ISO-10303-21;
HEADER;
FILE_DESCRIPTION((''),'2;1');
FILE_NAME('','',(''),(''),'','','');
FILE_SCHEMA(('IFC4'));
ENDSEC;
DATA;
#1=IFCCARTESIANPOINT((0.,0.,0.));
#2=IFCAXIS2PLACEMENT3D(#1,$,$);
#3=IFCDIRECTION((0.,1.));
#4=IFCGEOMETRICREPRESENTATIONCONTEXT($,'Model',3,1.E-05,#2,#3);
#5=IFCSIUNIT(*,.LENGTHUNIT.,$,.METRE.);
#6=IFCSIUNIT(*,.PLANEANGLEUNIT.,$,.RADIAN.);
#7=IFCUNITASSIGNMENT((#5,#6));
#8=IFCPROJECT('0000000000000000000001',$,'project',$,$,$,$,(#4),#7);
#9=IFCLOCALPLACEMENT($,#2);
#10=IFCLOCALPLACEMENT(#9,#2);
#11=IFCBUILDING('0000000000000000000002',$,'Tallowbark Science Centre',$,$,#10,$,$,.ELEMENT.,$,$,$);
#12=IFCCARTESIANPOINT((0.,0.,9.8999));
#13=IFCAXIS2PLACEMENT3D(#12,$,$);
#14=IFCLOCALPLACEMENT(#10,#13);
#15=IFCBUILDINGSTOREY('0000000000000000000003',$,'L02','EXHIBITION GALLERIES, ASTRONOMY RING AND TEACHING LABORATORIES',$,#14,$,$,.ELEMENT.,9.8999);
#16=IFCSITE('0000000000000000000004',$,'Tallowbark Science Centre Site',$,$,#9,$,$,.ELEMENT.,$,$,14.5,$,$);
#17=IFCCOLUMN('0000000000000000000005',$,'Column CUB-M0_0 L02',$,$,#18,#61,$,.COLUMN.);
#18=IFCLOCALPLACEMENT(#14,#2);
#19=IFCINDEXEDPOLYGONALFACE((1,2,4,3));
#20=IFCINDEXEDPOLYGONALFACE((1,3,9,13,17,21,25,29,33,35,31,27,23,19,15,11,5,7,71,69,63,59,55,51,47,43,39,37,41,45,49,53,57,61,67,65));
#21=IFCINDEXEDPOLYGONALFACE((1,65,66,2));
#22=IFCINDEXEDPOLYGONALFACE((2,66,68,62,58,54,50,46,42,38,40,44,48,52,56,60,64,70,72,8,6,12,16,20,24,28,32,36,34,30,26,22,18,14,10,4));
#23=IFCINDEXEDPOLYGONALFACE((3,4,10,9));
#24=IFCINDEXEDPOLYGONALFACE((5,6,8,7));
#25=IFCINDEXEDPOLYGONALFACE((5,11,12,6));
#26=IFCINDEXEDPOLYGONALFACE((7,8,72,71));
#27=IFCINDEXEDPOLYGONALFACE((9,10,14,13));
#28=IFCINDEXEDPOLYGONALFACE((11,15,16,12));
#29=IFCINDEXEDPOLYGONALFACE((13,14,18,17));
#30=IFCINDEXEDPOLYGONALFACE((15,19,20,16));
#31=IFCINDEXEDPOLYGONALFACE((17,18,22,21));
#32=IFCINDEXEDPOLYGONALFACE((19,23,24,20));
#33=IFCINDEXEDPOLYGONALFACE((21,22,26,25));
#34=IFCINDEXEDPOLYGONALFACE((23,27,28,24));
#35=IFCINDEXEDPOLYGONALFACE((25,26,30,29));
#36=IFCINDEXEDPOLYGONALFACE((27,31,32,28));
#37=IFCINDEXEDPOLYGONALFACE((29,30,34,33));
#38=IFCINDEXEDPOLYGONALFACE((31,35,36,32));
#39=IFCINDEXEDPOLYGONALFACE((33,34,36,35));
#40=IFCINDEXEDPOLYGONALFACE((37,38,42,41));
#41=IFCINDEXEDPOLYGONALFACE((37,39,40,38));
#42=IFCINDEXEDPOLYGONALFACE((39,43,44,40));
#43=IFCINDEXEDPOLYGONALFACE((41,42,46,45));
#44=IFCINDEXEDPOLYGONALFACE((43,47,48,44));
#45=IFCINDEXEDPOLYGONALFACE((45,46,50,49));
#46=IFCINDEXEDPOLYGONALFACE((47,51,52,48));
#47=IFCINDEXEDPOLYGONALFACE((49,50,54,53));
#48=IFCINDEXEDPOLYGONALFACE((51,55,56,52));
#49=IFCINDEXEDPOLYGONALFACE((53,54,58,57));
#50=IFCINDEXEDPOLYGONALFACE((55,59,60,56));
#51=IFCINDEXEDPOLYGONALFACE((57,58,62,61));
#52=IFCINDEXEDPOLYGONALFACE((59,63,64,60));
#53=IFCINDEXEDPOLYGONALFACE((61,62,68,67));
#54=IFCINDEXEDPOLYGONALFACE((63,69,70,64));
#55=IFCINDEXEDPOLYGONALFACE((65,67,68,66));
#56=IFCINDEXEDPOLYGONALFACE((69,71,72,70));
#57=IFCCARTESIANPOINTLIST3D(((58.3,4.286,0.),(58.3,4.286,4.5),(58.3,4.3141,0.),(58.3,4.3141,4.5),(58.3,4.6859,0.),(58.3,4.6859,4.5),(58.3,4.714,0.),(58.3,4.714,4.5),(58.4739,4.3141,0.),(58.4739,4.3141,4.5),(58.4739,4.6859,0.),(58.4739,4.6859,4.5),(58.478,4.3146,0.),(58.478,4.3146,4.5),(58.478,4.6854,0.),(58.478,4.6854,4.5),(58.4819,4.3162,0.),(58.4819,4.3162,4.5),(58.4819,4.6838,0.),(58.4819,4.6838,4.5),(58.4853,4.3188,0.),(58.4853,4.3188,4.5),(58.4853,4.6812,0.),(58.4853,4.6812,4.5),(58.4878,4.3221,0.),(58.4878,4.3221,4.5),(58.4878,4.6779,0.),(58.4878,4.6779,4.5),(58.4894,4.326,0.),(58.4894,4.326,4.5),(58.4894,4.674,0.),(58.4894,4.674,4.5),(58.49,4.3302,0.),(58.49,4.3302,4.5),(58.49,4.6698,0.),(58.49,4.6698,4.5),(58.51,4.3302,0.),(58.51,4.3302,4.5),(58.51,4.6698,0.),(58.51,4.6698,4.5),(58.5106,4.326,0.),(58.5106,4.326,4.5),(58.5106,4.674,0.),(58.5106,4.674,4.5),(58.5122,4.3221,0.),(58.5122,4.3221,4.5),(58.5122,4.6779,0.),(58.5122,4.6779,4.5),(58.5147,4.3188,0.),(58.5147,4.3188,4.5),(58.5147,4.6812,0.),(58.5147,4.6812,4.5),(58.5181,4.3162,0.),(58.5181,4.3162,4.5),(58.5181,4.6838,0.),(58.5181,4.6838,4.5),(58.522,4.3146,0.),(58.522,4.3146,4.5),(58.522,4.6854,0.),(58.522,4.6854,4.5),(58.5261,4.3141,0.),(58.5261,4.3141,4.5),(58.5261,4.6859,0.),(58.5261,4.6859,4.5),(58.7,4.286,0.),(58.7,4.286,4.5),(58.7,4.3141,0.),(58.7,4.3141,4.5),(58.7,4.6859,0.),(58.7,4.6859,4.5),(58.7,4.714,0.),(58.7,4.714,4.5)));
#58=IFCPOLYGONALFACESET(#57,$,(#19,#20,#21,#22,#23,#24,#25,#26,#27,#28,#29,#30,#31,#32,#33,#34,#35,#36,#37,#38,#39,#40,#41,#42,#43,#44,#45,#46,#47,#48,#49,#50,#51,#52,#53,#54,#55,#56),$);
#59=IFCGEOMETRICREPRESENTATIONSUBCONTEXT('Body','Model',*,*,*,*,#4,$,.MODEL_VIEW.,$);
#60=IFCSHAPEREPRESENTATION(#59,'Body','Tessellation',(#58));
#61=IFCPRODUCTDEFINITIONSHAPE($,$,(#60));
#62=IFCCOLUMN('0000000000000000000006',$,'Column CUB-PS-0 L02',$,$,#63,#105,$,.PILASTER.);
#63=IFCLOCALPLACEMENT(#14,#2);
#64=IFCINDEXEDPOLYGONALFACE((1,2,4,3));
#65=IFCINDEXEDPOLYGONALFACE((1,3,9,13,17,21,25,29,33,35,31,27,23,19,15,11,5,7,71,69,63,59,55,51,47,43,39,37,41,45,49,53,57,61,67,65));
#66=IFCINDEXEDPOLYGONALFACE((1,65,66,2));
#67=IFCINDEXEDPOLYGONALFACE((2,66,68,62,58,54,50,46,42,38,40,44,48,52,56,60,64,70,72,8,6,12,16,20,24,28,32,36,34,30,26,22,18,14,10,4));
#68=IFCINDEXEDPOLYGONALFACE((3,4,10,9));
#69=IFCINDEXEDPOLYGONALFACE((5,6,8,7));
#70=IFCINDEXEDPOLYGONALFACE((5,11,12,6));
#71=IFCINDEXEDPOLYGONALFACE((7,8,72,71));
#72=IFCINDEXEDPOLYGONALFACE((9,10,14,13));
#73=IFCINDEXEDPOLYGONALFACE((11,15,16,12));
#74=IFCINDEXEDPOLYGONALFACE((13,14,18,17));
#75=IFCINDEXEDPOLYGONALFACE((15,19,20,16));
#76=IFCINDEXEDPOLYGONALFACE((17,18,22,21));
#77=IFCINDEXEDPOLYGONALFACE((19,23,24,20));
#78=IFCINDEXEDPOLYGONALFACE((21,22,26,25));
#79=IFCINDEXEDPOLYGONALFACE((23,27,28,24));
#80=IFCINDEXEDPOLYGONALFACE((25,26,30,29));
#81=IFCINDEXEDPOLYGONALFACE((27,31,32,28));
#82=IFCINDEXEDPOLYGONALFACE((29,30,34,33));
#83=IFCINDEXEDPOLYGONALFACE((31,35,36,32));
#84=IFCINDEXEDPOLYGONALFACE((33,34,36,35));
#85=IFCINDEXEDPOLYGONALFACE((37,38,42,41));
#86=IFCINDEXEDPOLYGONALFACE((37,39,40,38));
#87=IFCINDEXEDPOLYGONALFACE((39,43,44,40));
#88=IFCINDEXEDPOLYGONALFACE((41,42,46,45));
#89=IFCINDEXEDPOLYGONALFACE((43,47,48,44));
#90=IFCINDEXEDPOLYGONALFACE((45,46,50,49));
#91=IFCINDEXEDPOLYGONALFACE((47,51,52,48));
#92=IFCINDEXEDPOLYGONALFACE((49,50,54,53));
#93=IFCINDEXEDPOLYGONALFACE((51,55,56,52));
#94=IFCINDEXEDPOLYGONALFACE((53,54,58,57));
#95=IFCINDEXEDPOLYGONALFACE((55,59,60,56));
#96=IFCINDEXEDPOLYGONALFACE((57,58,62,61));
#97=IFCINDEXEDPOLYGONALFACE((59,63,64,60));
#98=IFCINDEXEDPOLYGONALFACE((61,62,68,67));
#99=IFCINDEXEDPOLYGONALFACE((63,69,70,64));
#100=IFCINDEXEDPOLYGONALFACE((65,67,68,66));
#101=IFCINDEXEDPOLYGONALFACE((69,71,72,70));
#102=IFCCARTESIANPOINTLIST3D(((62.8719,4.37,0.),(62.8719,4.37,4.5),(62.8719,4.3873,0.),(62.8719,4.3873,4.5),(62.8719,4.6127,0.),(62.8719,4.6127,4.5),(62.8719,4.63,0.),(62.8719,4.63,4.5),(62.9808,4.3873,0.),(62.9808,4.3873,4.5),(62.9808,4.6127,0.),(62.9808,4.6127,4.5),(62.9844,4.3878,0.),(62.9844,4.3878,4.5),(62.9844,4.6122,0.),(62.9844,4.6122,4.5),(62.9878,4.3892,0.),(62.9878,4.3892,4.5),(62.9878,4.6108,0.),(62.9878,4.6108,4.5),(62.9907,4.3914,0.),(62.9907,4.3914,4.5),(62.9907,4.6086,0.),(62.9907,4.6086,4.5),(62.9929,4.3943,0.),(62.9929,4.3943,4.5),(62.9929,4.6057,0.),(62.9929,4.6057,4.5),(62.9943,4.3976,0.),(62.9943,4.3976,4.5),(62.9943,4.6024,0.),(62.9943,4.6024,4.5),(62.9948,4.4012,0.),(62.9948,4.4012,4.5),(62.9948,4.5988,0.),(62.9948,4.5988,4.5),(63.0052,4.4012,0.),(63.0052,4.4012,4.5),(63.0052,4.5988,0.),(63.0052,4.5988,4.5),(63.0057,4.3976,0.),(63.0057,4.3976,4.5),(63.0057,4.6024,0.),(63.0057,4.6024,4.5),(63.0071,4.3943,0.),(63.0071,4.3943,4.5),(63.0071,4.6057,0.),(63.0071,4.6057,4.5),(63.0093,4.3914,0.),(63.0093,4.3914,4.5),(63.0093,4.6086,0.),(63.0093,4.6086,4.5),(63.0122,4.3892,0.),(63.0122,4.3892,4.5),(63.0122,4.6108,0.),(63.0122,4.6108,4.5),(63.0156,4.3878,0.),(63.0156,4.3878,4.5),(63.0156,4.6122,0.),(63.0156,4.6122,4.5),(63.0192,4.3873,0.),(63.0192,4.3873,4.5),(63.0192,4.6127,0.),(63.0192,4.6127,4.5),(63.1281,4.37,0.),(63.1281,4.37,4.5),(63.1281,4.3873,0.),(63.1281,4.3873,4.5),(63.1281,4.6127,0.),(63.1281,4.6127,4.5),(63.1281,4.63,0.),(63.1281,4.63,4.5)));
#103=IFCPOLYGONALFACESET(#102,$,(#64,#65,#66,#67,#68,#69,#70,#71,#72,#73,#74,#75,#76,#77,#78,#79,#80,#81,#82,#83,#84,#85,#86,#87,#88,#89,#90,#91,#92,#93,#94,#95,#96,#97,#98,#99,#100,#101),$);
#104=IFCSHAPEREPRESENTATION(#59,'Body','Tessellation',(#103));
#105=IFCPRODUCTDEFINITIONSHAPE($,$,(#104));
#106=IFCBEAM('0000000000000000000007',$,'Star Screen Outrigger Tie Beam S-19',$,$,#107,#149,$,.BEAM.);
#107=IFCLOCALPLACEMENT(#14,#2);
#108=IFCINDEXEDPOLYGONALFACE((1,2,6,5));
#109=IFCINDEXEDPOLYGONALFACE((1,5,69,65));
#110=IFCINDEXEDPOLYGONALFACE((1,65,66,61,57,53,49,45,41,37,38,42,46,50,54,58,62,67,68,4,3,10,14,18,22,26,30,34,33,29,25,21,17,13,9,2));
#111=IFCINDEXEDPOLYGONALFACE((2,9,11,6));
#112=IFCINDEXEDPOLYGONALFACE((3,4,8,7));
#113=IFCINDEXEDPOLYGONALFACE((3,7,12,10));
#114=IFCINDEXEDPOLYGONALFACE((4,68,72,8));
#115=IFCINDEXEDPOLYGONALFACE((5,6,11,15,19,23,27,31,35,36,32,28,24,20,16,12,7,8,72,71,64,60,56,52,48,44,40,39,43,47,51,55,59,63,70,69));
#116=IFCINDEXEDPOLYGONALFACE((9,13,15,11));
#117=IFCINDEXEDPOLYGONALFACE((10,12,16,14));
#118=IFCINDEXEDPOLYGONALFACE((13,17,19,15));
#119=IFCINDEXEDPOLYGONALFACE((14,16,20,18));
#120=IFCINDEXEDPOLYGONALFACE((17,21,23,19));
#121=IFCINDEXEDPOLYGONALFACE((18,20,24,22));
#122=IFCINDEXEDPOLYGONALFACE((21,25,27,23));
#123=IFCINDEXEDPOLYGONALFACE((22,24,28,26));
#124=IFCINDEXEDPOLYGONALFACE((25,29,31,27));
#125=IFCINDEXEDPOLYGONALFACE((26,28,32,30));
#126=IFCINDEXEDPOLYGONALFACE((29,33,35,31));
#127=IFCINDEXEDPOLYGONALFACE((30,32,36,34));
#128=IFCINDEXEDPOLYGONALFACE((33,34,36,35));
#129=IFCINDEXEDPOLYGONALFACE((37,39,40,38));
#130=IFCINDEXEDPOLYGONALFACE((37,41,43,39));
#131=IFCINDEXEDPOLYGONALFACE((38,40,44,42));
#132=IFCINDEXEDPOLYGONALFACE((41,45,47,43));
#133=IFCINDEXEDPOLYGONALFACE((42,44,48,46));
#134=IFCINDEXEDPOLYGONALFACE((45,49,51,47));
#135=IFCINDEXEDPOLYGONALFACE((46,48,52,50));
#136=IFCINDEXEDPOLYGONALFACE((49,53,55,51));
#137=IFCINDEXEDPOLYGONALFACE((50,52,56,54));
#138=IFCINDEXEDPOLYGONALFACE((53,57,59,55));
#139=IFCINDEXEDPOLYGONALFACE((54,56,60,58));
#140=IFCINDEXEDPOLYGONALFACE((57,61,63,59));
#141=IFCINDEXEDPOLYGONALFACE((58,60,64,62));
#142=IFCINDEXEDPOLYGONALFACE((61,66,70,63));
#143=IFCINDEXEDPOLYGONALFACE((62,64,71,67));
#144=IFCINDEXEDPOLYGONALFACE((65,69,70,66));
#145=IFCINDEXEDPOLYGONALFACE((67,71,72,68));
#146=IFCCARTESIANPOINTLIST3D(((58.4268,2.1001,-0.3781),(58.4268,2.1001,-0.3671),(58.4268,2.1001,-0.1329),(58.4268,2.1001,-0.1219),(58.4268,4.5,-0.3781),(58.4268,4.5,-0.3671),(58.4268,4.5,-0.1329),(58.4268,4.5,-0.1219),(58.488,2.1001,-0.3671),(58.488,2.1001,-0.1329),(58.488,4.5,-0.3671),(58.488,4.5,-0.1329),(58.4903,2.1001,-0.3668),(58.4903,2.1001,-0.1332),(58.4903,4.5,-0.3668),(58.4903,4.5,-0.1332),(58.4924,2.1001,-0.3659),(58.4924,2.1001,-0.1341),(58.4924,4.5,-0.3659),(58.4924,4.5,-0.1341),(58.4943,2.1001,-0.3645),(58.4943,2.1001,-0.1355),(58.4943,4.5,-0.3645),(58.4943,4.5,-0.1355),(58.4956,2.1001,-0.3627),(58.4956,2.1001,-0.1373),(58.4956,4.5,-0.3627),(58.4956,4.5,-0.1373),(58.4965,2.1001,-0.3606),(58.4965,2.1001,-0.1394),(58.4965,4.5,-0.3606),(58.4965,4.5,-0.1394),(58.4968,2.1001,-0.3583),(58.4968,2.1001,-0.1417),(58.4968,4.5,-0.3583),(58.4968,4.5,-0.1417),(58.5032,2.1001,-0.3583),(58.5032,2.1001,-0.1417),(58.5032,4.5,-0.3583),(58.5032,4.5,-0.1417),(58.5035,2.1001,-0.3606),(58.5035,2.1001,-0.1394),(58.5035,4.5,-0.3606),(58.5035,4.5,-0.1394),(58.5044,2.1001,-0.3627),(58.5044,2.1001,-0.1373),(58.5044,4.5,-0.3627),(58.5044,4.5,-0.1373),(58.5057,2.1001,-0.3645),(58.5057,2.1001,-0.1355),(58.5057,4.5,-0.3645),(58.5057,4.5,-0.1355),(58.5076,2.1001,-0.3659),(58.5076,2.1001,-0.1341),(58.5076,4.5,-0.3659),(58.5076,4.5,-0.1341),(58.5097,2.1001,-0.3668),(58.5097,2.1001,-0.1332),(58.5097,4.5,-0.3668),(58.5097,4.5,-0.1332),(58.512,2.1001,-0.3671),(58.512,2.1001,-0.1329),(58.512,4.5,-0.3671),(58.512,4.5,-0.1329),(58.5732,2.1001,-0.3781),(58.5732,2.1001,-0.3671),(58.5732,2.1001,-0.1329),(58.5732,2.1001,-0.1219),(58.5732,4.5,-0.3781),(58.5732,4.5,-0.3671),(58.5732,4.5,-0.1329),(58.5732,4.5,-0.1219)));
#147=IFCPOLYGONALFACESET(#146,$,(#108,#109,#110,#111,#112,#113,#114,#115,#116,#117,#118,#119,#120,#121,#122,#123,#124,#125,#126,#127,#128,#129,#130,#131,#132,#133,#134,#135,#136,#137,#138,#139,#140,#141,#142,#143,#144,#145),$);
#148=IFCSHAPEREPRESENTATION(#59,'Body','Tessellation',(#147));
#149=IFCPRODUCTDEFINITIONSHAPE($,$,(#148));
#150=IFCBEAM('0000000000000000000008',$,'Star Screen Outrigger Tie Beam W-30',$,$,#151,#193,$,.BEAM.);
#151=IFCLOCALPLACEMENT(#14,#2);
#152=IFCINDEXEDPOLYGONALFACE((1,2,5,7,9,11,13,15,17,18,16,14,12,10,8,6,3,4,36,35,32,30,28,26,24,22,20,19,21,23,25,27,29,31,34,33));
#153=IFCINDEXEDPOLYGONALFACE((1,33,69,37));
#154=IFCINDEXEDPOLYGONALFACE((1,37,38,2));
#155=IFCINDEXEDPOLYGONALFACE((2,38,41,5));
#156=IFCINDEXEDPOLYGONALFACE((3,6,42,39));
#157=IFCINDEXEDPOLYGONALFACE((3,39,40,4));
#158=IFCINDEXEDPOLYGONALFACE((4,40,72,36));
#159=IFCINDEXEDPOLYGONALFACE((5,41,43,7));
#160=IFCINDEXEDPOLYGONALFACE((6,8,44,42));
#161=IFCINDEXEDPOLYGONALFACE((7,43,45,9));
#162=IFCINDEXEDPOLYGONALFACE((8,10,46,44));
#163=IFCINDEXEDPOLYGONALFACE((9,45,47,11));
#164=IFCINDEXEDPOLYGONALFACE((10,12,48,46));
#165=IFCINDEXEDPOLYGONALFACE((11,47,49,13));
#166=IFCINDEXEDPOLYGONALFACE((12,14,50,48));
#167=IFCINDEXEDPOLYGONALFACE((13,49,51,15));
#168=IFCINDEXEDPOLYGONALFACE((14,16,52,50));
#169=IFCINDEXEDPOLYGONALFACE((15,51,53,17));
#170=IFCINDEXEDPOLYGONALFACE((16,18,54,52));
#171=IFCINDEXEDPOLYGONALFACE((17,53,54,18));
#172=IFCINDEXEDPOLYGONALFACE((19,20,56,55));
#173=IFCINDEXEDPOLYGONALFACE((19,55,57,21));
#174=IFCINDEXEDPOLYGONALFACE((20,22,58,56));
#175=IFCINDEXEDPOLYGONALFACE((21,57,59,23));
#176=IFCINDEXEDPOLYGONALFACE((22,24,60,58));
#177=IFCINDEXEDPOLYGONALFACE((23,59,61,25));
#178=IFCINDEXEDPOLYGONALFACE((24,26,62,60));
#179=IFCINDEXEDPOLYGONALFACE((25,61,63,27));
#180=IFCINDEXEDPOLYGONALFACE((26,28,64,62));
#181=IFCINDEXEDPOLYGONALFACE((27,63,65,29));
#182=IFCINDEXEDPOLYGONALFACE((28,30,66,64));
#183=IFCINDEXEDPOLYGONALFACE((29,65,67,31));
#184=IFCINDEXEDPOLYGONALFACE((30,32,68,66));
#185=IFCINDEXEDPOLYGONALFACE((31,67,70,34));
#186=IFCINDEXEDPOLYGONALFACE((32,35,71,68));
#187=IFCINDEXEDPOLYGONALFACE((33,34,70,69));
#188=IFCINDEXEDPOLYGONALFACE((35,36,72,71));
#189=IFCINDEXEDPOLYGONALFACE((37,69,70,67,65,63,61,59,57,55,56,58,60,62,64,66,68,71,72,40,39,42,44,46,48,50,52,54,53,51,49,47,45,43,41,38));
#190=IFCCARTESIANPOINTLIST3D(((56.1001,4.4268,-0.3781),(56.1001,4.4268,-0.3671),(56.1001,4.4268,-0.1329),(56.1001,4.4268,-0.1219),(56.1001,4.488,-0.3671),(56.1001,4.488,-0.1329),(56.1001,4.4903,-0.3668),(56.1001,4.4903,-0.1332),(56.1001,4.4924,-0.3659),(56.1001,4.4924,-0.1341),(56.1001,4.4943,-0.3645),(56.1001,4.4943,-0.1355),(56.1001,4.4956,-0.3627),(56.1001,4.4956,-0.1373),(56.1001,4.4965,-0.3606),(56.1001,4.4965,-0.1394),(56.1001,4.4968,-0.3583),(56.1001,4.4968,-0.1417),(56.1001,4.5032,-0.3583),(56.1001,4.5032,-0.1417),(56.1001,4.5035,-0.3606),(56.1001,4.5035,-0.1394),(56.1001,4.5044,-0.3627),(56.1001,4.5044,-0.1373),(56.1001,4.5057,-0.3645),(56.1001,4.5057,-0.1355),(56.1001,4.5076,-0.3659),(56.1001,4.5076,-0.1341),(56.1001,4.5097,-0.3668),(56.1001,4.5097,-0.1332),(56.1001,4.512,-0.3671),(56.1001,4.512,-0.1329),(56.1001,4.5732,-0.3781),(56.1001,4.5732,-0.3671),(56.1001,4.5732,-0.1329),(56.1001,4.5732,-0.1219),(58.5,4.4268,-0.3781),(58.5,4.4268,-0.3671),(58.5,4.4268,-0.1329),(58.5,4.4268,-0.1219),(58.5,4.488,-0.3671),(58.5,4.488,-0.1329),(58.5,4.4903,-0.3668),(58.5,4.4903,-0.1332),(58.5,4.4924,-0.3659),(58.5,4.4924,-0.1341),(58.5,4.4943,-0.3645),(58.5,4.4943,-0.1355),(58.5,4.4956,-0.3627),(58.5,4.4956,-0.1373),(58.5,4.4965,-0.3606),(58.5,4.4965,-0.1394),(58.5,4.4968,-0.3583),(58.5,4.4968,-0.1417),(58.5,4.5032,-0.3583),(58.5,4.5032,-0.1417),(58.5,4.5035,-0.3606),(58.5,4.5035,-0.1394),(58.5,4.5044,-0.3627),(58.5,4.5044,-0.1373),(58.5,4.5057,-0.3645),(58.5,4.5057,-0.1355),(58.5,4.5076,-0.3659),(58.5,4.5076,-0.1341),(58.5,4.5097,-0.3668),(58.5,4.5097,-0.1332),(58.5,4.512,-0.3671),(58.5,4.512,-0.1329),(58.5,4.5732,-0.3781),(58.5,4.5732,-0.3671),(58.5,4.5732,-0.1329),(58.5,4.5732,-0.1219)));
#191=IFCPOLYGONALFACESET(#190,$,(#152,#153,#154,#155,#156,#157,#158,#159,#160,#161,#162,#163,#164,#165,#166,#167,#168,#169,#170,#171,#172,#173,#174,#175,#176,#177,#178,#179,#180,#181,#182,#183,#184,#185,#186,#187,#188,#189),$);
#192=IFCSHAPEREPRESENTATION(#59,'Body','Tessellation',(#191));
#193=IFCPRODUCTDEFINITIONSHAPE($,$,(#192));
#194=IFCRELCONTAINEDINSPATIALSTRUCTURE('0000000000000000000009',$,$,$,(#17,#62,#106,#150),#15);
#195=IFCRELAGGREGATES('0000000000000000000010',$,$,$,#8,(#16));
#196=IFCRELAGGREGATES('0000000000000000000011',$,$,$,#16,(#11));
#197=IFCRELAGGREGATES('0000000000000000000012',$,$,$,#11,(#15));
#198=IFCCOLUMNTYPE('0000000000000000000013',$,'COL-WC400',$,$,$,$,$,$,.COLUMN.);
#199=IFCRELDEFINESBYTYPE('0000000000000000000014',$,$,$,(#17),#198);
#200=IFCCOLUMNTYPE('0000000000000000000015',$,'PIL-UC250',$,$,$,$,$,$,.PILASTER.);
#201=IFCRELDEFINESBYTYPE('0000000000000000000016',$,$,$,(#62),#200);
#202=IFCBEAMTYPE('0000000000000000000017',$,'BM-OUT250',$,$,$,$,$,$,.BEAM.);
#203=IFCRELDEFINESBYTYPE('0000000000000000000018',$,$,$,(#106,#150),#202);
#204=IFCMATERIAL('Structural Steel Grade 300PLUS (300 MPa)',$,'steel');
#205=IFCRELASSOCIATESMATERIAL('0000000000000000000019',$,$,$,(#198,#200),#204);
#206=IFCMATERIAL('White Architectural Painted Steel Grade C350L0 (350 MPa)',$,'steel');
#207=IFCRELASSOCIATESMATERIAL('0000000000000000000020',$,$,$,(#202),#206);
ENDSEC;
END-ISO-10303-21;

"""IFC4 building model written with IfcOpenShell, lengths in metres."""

from ifc_helpers import new_model, si_unit, direction, frame, origin, origin_2d, place, context, subcontext, project, spatial, i_section, extrude, material, material_profile, profile_set, type_object, element, save


model = new_model("IFC4")

# Units and contexts
model_context = context("Model", 3, precision=1e-05, world=origin(), true_north=direction((0.0, 1.0)))
body_context = subcontext(model_context, "Body", "Model", "MODEL_VIEW")
ifc_project = project(units=[si_unit("LENGTHUNIT", "METRE"), si_unit("PLANEANGLEUNIT", "RADIAN")], contexts=[model_context])

# Site, building, storey
site_placement = place(None, origin())
site = spatial("IfcSite", under=ifc_project, at=site_placement, Name="Tallowbark Science Centre Site", CompositionType="ELEMENT", RefElevation=14.5)
building_placement = place(site_placement, origin())
building = spatial("IfcBuilding", under=site, at=building_placement, Name="Tallowbark Science Centre", CompositionType="ELEMENT")
storey_placement = place(building_placement, frame((0.0, 0.0, 9.8999)))
storey = spatial("IfcBuildingStorey", under=building, at=storey_placement, Name="L02", Description="EXHIBITION GALLERIES, ASTRONOMY RING AND TEACHING LABORATORIES", CompositionType="ELEMENT", Elevation=9.8999)

# Columns
ifc_material_1 = material(Name="Structural Steel Grade 300PLUS (300 MPa)", Category="steel")
ifc_material_profile_1 = material_profile(ifc_material_1, i_section(OverallWidth=0.3999, OverallDepth=0.428, WebThickness=0.02, FlangeThickness=0.0281, FilletRadius=0.0161, at=origin_2d()), Name="400WC270")
ifc_profile_set_1 = profile_set([ifc_material_profile_1], Name="Structural Steel Grade 300PLUS (300 MPa)")
column_type_1 = type_object("IfcColumnType", Name="COL-WC400", PredefinedType="COLUMN", material=ifc_profile_set_1)
column_1_placement = place(storey_placement, frame((58.5, 4.5, 0.0), z_axis=(0.0, 0.0, 1.0), x_axis=(1.0, 0.0, 0.0)))
element("IfcColumn", 1, at=column_1_placement, inside=storey, type_object=column_type_1, Name="Column CUB-M0_0 L02", PredefinedType="COLUMN", context=body_context, shape_type="SweptSolid", body=[
    extrude(i_section(OverallWidth=0.3999, OverallDepth=0.428, WebThickness=0.02, FlangeThickness=0.0281, FilletRadius=0.0161, at=origin_2d()), origin(), (0.0, 0.0, 1.0), 4.5),
])
ifc_material_profile_2 = material_profile(ifc_material_1, i_section(OverallWidth=0.2561, OverallDepth=0.26, WebThickness=0.0105, FlangeThickness=0.0173, FilletRadius=0.0139, at=origin_2d()), Name="250UC89.5")
ifc_profile_set_2 = profile_set([ifc_material_profile_2], Name="Structural Steel Grade 300PLUS (300 MPa)")
column_type_2 = type_object("IfcColumnType", Name="PIL-UC250", PredefinedType="PILASTER", material=ifc_profile_set_2)
column_2_placement = place(storey_placement, frame((63.0, 4.5, 0.0), z_axis=(0.0, 0.0, 1.0), x_axis=(1.0, 0.0, 0.0)))
element("IfcColumn", 2, at=column_2_placement, inside=storey, type_object=column_type_2, Name="Column CUB-PS-0 L02", PredefinedType="PILASTER", context=body_context, shape_type="SweptSolid", body=[
    extrude(i_section(OverallWidth=0.2561, OverallDepth=0.26, WebThickness=0.0105, FlangeThickness=0.0173, FilletRadius=0.0139, at=origin_2d()), origin(), (0.0, 0.0, 1.0), 4.5),
])

# Beams
ifc_material_2 = material(Name="White Architectural Painted Steel Grade C350L0 (350 MPa)", Category="steel")
ifc_material_profile_3 = material_profile(ifc_material_2, i_section(OverallWidth=0.1465, OverallDepth=0.2561, WebThickness=0.0063, FlangeThickness=0.011, FilletRadius=0.0088, at=origin_2d()), Name="250UB37.3")
ifc_profile_set_3 = profile_set([ifc_material_profile_3], Name="White Architectural Painted Steel Grade C350L0 (350 MPa)")
beam_type_1 = type_object("IfcBeamType", Name="BM-OUT250", PredefinedType="BEAM", material=ifc_profile_set_3)
for number, where, z_axis, x_axis, name in (
    (3, (58.5, 4.5, -0.25), (0.0, -1.0, 0.0), (1.0, 0.0, 0.0), "Star Screen Outrigger Tie Beam S-19"),
    (4, (58.5, 4.5, -0.25), (-1.0, 0.0, 0.0), (0.0, -1.0, 0.0), "Star Screen Outrigger Tie Beam W-30"),
):
    element("IfcBeam", number, at=place(storey_placement, frame(where, z_axis=z_axis, x_axis=x_axis)), inside=storey, type_object=beam_type_1, Name=name, PredefinedType="BEAM", context=body_context, shape_type="SweptSolid", body=[
        extrude(i_section(OverallWidth=0.1465, OverallDepth=0.2561, WebThickness=0.0063, FlangeThickness=0.011, FilletRadius=0.0088, at=origin_2d()), origin(), (0.0, 0.0, 1.0), 2.3999),
    ])

save(model, "model.ifc")
